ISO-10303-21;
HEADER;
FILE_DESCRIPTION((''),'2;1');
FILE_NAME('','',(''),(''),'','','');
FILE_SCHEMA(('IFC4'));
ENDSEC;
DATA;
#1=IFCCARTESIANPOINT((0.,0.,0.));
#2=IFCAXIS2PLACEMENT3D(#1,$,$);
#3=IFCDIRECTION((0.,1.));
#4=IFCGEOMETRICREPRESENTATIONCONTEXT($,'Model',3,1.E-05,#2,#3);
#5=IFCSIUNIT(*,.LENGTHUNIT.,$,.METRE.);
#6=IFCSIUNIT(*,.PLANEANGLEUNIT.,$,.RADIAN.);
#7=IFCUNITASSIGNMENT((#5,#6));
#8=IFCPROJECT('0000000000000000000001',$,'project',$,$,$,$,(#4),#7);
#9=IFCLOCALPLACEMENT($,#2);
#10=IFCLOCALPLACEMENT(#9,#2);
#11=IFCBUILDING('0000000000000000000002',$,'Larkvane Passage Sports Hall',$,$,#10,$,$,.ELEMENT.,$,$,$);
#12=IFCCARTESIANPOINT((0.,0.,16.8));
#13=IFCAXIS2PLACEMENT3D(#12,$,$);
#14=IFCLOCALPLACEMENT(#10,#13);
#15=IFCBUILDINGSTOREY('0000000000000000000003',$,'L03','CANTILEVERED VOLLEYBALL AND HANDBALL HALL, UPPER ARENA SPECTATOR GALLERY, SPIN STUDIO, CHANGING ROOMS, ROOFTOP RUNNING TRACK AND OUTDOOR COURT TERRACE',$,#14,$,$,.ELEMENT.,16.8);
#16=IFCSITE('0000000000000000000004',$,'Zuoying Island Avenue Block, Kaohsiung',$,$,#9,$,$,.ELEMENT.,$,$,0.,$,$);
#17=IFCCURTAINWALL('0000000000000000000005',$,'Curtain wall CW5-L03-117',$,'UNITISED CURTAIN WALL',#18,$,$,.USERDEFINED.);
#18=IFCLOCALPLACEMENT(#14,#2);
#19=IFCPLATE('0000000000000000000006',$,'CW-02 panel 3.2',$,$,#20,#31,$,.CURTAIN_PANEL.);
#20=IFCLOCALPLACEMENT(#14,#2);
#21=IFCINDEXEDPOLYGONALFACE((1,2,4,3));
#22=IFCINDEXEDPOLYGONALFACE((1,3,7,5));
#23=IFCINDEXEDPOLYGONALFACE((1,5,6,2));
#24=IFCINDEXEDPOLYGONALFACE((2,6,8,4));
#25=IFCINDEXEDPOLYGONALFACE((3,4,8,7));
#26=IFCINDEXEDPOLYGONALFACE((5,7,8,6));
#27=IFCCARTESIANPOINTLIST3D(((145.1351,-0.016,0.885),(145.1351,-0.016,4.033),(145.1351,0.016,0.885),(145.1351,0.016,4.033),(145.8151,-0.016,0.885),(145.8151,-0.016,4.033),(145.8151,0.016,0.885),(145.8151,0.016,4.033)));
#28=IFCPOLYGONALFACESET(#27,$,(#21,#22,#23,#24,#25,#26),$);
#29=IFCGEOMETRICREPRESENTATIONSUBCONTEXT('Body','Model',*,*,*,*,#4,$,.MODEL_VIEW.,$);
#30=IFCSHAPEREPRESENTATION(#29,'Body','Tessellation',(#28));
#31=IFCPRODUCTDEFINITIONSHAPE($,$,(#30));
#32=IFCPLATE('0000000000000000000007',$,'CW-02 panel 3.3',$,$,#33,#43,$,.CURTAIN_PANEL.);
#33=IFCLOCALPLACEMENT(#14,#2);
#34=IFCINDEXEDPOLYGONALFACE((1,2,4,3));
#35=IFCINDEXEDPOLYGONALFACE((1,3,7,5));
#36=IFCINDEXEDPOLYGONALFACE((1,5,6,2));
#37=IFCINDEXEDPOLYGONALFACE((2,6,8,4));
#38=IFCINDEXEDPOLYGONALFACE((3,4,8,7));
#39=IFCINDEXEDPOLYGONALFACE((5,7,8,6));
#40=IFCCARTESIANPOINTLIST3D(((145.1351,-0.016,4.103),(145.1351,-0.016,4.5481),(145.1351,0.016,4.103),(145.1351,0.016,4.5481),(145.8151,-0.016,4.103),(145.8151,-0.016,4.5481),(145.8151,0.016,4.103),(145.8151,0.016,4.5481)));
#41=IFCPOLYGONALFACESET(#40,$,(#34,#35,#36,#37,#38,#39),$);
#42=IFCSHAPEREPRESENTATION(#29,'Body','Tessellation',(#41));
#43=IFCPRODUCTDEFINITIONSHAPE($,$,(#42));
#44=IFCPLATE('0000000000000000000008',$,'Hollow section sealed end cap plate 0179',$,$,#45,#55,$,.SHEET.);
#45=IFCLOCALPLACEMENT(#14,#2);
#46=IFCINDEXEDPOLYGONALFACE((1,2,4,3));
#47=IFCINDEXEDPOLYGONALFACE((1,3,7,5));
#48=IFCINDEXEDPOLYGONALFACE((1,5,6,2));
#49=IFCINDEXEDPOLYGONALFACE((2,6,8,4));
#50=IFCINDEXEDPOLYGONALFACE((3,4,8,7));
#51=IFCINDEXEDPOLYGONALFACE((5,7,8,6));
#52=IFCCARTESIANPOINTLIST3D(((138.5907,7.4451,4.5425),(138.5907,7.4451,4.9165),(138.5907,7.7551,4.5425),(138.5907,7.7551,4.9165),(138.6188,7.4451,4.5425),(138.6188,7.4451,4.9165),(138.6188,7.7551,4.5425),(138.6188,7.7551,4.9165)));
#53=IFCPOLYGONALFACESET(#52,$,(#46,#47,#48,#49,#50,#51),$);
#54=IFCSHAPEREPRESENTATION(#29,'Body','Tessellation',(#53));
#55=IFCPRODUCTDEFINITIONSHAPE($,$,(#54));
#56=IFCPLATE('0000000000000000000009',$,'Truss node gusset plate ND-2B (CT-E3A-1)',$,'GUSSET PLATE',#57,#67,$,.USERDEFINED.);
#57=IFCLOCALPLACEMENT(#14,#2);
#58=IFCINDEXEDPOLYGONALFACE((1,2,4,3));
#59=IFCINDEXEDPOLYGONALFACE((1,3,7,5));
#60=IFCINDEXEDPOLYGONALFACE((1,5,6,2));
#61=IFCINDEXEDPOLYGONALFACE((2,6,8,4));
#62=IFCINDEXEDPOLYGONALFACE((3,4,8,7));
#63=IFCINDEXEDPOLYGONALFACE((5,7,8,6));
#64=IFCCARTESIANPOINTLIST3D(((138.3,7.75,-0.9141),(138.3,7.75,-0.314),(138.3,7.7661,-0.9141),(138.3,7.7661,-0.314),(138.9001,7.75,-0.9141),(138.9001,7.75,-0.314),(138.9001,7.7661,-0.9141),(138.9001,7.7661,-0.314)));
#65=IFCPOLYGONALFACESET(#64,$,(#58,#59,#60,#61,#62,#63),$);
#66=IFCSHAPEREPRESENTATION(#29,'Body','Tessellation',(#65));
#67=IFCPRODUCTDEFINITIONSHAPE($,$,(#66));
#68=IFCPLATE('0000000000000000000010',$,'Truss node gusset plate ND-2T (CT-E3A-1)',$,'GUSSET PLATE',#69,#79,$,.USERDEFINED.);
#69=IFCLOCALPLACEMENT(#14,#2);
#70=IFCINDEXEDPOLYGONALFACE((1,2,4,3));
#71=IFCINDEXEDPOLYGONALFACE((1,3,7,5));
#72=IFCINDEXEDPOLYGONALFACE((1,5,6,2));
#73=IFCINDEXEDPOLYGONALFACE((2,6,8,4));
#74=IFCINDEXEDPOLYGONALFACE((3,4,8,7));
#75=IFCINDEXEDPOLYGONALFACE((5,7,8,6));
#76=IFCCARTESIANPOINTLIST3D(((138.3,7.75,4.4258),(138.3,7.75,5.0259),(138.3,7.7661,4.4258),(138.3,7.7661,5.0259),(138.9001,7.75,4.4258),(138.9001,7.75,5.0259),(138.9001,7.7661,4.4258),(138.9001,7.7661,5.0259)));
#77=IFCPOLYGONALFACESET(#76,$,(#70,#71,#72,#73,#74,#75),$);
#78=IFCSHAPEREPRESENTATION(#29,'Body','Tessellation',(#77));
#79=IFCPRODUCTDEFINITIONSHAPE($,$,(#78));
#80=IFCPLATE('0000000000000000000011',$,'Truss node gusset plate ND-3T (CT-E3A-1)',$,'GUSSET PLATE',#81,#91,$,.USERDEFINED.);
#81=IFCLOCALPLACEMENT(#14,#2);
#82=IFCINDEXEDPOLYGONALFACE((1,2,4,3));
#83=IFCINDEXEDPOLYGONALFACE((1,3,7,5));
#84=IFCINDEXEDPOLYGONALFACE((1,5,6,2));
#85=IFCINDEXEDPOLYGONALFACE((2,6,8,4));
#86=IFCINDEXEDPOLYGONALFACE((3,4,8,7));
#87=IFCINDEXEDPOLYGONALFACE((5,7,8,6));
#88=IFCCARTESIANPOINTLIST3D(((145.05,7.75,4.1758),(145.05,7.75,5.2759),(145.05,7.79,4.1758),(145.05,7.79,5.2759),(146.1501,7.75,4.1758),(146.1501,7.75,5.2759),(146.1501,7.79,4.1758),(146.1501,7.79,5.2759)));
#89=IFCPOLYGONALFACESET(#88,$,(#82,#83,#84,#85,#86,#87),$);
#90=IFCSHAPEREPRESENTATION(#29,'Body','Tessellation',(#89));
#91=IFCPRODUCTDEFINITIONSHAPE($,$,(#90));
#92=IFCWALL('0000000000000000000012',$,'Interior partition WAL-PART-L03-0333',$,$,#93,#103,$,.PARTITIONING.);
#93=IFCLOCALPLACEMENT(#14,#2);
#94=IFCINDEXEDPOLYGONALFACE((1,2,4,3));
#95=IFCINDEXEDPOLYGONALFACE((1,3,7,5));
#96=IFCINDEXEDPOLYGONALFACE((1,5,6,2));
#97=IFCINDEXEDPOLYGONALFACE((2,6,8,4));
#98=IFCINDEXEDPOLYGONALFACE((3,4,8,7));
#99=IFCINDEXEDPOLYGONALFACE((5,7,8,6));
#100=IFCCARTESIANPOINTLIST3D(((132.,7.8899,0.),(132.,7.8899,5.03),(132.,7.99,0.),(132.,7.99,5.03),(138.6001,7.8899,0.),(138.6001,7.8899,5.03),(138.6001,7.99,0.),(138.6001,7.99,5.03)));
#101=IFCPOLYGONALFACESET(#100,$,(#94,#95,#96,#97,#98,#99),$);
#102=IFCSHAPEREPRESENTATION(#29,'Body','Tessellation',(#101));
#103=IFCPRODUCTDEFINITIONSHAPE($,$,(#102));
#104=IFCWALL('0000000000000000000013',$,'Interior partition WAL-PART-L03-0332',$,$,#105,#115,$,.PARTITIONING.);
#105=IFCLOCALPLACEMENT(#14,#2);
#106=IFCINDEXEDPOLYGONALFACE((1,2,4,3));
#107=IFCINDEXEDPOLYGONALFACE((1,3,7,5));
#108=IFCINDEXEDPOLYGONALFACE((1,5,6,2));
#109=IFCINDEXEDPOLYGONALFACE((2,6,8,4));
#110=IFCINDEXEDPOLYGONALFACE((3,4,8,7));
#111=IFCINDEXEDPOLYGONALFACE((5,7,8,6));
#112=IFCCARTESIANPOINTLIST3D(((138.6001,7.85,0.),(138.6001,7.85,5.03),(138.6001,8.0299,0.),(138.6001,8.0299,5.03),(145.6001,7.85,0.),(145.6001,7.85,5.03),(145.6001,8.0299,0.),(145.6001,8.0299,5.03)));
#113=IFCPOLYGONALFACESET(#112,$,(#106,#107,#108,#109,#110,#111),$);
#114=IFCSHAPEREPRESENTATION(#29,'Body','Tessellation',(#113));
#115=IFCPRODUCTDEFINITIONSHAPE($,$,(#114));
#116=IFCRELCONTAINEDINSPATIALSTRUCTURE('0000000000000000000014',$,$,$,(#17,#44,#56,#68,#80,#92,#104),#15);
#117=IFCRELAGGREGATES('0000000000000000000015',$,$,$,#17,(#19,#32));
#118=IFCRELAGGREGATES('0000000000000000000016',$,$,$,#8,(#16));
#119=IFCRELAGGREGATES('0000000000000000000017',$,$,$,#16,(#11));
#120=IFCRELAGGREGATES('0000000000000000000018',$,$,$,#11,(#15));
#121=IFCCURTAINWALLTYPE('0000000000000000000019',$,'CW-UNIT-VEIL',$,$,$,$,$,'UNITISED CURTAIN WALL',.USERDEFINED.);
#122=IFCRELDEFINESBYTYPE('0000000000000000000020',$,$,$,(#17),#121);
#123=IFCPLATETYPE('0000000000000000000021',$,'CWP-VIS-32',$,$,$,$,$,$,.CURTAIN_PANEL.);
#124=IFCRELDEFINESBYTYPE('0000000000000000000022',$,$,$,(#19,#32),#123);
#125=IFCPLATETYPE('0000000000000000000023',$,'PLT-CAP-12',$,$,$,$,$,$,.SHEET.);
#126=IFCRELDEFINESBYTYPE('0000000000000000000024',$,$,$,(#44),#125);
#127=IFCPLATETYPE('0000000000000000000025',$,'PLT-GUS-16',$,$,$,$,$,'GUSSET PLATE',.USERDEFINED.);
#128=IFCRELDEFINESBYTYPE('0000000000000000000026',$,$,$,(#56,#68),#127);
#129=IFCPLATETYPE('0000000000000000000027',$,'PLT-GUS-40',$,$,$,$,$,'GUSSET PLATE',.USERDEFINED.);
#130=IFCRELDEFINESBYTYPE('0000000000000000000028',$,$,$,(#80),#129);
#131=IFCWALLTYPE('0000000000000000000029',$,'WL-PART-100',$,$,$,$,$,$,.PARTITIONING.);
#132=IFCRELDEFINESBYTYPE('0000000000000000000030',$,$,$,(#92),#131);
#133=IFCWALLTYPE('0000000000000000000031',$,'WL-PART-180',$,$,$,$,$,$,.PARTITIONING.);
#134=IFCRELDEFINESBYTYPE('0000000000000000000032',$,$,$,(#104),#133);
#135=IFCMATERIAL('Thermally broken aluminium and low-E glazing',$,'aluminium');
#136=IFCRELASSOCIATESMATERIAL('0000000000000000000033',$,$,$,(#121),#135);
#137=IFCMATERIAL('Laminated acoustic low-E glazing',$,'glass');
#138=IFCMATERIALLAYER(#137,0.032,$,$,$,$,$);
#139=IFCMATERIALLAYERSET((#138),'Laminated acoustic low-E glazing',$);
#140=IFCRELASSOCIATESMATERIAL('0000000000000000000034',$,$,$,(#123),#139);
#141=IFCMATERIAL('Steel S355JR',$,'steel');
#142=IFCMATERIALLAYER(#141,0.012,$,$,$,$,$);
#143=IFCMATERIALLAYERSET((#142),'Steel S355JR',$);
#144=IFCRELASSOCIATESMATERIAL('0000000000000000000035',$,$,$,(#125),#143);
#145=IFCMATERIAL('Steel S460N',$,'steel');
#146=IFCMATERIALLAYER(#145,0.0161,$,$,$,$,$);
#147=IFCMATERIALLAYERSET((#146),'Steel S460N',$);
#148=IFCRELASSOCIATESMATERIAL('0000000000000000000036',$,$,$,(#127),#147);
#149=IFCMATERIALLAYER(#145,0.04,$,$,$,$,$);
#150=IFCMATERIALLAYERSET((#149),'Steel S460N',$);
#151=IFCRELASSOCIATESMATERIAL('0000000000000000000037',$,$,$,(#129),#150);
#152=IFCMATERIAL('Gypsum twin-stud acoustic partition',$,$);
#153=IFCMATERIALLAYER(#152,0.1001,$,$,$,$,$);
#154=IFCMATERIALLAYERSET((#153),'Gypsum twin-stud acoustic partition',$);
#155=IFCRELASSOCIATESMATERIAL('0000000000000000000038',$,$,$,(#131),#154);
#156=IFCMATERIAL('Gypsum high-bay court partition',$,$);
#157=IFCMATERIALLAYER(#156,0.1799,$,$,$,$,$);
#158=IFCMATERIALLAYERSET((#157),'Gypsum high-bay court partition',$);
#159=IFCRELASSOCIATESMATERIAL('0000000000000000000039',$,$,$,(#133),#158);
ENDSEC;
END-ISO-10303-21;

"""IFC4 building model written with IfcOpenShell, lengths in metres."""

from ifc_helpers import new_model, si_unit, direction, frame, frame_2d, origin, origin_2d, place, context, subcontext, project, spatial, rectangle, extrude, material, layer, layer_set, type_object, element, aggregate, save


model = new_model("IFC4")

# Units and contexts
model_context = context("Model", 3, precision=1e-05, world=origin(), true_north=direction((0.0, 1.0)))
body_context = subcontext(model_context, "Body", "Model", "MODEL_VIEW")
ifc_project = project(units=[si_unit("LENGTHUNIT", "METRE"), si_unit("PLANEANGLEUNIT", "RADIAN")], contexts=[model_context])

# Site, building, storey
site_placement = place(None, origin())
site = spatial("IfcSite", under=ifc_project, at=site_placement, Name="Zuoying Island Avenue Block, Kaohsiung", CompositionType="ELEMENT", RefElevation=0.0)
building_placement = place(site_placement, origin())
building = spatial("IfcBuilding", under=site, at=building_placement, Name="Larkvane Passage Sports Hall", CompositionType="ELEMENT")
storey_placement = place(building_placement, frame((0.0, 0.0, 16.8)))
storey = spatial("IfcBuildingStorey", under=building, at=storey_placement, Name="L03", Description="CANTILEVERED VOLLEYBALL AND HANDBALL HALL, UPPER ARENA SPECTATOR GALLERY, SPIN STUDIO, CHANGING ROOMS, ROOFTOP RUNNING TRACK AND OUTDOOR COURT TERRACE", CompositionType="ELEMENT", Elevation=16.8)

# Shared definitions
ifc_material_1 = material(Name="Steel S460N", Category="steel")

# Curtain wall
ifc_material_2 = material(Name="Thermally broken aluminium and low-E glazing", Category="aluminium")
curtain_wall_type = type_object("IfcCurtainWallType", Name="CW-UNIT-VEIL", ElementType="UNITISED CURTAIN WALL", PredefinedType="USERDEFINED", material=ifc_material_2)
curtain_wall_placement = place(storey_placement, origin())
curtain_wall = element("IfcCurtainWall", 1, at=curtain_wall_placement, inside=storey, type_object=curtain_wall_type, Name="Curtain wall CW5-L03-117", ObjectType="UNITISED CURTAIN WALL", PredefinedType="USERDEFINED")

# Shared definitions
ifc_material_3 = material(Name="Steel S355JR", Category="steel")

# Plates
ifc_material_4 = material(Name="Laminated acoustic low-E glazing", Category="glass")
ifc_layer_1 = layer(ifc_material_4, 0.032)
ifc_layer_set_1 = layer_set([ifc_layer_1], Name="Laminated acoustic low-E glazing")
plate_type_1 = type_object("IfcPlateType", Name="CWP-VIS-32", PredefinedType="CURTAIN_PANEL", material=ifc_layer_set_1)
plate_1_placement = place(storey_placement, frame((145.4751, 0.0, 0.885), z_axis=(0.0, 0.0, 1.0), x_axis=(-1.0, 0.0, 0.0)))
plate_1 = element("IfcPlate", 2, at=plate_1_placement, type_object=plate_type_1, Name="CW-02 panel 3.2", PredefinedType="CURTAIN_PANEL", context=body_context, shape_type="SweptSolid", body=[
    extrude(rectangle(XDim=0.6799, YDim=0.032, at=origin_2d()), origin(), (0.0, 0.0, 1.0), 3.1479),
])
plate_2_placement = place(storey_placement, frame((145.4751, 0.0, 4.103), z_axis=(0.0, 0.0, 1.0), x_axis=(-1.0, 0.0, 0.0)))
plate_2 = element("IfcPlate", 3, at=plate_2_placement, type_object=plate_type_1, Name="CW-02 panel 3.3", PredefinedType="CURTAIN_PANEL", context=body_context, shape_type="SweptSolid", body=[
    extrude(rectangle(XDim=0.6799, YDim=0.032, at=origin_2d()), origin(), (0.0, 0.0, 1.0), 0.4451),
])
aggregate(curtain_wall, [plate_1, plate_2])

# Plates
ifc_layer_2 = layer(ifc_material_3, 0.012)
ifc_layer_set_2 = layer_set([ifc_layer_2], Name="Steel S355JR")
plate_type_2 = type_object("IfcPlateType", Name="PLT-CAP-12", PredefinedType="SHEET", material=ifc_layer_set_2)
plate_3_placement = place(storey_placement, frame((138.6047, 7.6001, 4.5425), z_axis=(0.0, 0.0, 1.0), x_axis=(0.0, 1.0, 0.0)))
element("IfcPlate", 4, at=plate_3_placement, inside=storey, type_object=plate_type_2, Name="Hollow section sealed end cap plate 0179", PredefinedType="SHEET", context=body_context, shape_type="SweptSolid", body=[
    extrude(rectangle(XDim=0.3101, YDim=0.0281, at=origin_2d()), origin(), (0.0, 0.0, 1.0), 0.374),
])
ifc_layer_3 = layer(ifc_material_1, 0.0161)
ifc_layer_set_3 = layer_set([ifc_layer_3], Name="Steel S460N")
plate_type_3 = type_object("IfcPlateType", Name="PLT-GUS-16", ElementType="GUSSET PLATE", PredefinedType="USERDEFINED", material=ifc_layer_set_3)
for number, where, z_axis, x_axis, name in (
    (5, (138.6001, 7.7581, -0.9141), (0.0, 0.0, 1.0), (1.0, 0.0, 0.0), "Truss node gusset plate ND-2B (CT-E3A-1)"),
    (6, (138.6001, 7.7581, 4.4258), (0.0, 0.0, 1.0), (1.0, 0.0, 0.0), "Truss node gusset plate ND-2T (CT-E3A-1)"),
):
    element("IfcPlate", number, at=place(storey_placement, frame(where, z_axis=z_axis, x_axis=x_axis)), inside=storey, type_object=plate_type_3, Name=name, ObjectType="GUSSET PLATE", PredefinedType="USERDEFINED", context=body_context, shape_type="SweptSolid", body=[
        extrude(rectangle(XDim=0.6001, YDim=0.0161, at=origin_2d()), origin(), (0.0, 0.0, 1.0), 0.6001),
    ])
ifc_layer_4 = layer(ifc_material_1, 0.04)
ifc_layer_set_4 = layer_set([ifc_layer_4], Name="Steel S460N")
plate_type_4 = type_object("IfcPlateType", Name="PLT-GUS-40", ElementType="GUSSET PLATE", PredefinedType="USERDEFINED", material=ifc_layer_set_4)
plate_4_placement = place(storey_placement, frame((145.6001, 7.77, 4.1758), z_axis=(0.0, 0.0, 1.0), x_axis=(1.0, 0.0, 0.0)))
element("IfcPlate", 7, at=plate_4_placement, inside=storey, type_object=plate_type_4, Name="Truss node gusset plate ND-3T (CT-E3A-1)", ObjectType="GUSSET PLATE", PredefinedType="USERDEFINED", context=body_context, shape_type="SweptSolid", body=[
    extrude(rectangle(XDim=1.1001, YDim=0.04, at=origin_2d()), origin(), (0.0, 0.0, 1.0), 1.1001),
])

# Walls
ifc_material_5 = material(Name="Gypsum twin-stud acoustic partition")
ifc_layer_5 = layer(ifc_material_5, 0.1001)
ifc_layer_set_5 = layer_set([ifc_layer_5], Name="Gypsum twin-stud acoustic partition")
wall_type_1 = type_object("IfcWallType", Name="WL-PART-100", PredefinedType="PARTITIONING", material=ifc_layer_set_5)
wall_1_placement = place(storey_placement, frame((138.6001, 7.9399, 0.0), z_axis=(0.0, 0.0, 1.0), x_axis=(-1.0, 0.0, 0.0)))
element("IfcWall", 8, at=wall_1_placement, inside=storey, type_object=wall_type_1, Name="Interior partition WAL-PART-L03-0333", PredefinedType="PARTITIONING", context=body_context, shape_type="SweptSolid", body=[
    extrude(rectangle(XDim=6.6001, YDim=0.1001, at=frame_2d((3.3, 0.0))), origin(), (0.0, 0.0, 1.0), 5.03),
])
ifc_material_6 = material(Name="Gypsum high-bay court partition")
ifc_layer_6 = layer(ifc_material_6, 0.1799)
ifc_layer_set_6 = layer_set([ifc_layer_6], Name="Gypsum high-bay court partition")
wall_type_2 = type_object("IfcWallType", Name="WL-PART-180", PredefinedType="PARTITIONING", material=ifc_layer_set_6)
wall_2_placement = place(storey_placement, frame((145.6001, 7.9399, 0.0), z_axis=(0.0, 0.0, 1.0), x_axis=(-1.0, 0.0, 0.0)))
element("IfcWall", 9, at=wall_2_placement, inside=storey, type_object=wall_type_2, Name="Interior partition WAL-PART-L03-0332", PredefinedType="PARTITIONING", context=body_context, shape_type="SweptSolid", body=[
    extrude(rectangle(XDim=7.0, YDim=0.1799, at=frame_2d((3.5, 0.0))), origin(), (0.0, 0.0, 1.0), 5.03),
])

save(model, "model.ifc")
